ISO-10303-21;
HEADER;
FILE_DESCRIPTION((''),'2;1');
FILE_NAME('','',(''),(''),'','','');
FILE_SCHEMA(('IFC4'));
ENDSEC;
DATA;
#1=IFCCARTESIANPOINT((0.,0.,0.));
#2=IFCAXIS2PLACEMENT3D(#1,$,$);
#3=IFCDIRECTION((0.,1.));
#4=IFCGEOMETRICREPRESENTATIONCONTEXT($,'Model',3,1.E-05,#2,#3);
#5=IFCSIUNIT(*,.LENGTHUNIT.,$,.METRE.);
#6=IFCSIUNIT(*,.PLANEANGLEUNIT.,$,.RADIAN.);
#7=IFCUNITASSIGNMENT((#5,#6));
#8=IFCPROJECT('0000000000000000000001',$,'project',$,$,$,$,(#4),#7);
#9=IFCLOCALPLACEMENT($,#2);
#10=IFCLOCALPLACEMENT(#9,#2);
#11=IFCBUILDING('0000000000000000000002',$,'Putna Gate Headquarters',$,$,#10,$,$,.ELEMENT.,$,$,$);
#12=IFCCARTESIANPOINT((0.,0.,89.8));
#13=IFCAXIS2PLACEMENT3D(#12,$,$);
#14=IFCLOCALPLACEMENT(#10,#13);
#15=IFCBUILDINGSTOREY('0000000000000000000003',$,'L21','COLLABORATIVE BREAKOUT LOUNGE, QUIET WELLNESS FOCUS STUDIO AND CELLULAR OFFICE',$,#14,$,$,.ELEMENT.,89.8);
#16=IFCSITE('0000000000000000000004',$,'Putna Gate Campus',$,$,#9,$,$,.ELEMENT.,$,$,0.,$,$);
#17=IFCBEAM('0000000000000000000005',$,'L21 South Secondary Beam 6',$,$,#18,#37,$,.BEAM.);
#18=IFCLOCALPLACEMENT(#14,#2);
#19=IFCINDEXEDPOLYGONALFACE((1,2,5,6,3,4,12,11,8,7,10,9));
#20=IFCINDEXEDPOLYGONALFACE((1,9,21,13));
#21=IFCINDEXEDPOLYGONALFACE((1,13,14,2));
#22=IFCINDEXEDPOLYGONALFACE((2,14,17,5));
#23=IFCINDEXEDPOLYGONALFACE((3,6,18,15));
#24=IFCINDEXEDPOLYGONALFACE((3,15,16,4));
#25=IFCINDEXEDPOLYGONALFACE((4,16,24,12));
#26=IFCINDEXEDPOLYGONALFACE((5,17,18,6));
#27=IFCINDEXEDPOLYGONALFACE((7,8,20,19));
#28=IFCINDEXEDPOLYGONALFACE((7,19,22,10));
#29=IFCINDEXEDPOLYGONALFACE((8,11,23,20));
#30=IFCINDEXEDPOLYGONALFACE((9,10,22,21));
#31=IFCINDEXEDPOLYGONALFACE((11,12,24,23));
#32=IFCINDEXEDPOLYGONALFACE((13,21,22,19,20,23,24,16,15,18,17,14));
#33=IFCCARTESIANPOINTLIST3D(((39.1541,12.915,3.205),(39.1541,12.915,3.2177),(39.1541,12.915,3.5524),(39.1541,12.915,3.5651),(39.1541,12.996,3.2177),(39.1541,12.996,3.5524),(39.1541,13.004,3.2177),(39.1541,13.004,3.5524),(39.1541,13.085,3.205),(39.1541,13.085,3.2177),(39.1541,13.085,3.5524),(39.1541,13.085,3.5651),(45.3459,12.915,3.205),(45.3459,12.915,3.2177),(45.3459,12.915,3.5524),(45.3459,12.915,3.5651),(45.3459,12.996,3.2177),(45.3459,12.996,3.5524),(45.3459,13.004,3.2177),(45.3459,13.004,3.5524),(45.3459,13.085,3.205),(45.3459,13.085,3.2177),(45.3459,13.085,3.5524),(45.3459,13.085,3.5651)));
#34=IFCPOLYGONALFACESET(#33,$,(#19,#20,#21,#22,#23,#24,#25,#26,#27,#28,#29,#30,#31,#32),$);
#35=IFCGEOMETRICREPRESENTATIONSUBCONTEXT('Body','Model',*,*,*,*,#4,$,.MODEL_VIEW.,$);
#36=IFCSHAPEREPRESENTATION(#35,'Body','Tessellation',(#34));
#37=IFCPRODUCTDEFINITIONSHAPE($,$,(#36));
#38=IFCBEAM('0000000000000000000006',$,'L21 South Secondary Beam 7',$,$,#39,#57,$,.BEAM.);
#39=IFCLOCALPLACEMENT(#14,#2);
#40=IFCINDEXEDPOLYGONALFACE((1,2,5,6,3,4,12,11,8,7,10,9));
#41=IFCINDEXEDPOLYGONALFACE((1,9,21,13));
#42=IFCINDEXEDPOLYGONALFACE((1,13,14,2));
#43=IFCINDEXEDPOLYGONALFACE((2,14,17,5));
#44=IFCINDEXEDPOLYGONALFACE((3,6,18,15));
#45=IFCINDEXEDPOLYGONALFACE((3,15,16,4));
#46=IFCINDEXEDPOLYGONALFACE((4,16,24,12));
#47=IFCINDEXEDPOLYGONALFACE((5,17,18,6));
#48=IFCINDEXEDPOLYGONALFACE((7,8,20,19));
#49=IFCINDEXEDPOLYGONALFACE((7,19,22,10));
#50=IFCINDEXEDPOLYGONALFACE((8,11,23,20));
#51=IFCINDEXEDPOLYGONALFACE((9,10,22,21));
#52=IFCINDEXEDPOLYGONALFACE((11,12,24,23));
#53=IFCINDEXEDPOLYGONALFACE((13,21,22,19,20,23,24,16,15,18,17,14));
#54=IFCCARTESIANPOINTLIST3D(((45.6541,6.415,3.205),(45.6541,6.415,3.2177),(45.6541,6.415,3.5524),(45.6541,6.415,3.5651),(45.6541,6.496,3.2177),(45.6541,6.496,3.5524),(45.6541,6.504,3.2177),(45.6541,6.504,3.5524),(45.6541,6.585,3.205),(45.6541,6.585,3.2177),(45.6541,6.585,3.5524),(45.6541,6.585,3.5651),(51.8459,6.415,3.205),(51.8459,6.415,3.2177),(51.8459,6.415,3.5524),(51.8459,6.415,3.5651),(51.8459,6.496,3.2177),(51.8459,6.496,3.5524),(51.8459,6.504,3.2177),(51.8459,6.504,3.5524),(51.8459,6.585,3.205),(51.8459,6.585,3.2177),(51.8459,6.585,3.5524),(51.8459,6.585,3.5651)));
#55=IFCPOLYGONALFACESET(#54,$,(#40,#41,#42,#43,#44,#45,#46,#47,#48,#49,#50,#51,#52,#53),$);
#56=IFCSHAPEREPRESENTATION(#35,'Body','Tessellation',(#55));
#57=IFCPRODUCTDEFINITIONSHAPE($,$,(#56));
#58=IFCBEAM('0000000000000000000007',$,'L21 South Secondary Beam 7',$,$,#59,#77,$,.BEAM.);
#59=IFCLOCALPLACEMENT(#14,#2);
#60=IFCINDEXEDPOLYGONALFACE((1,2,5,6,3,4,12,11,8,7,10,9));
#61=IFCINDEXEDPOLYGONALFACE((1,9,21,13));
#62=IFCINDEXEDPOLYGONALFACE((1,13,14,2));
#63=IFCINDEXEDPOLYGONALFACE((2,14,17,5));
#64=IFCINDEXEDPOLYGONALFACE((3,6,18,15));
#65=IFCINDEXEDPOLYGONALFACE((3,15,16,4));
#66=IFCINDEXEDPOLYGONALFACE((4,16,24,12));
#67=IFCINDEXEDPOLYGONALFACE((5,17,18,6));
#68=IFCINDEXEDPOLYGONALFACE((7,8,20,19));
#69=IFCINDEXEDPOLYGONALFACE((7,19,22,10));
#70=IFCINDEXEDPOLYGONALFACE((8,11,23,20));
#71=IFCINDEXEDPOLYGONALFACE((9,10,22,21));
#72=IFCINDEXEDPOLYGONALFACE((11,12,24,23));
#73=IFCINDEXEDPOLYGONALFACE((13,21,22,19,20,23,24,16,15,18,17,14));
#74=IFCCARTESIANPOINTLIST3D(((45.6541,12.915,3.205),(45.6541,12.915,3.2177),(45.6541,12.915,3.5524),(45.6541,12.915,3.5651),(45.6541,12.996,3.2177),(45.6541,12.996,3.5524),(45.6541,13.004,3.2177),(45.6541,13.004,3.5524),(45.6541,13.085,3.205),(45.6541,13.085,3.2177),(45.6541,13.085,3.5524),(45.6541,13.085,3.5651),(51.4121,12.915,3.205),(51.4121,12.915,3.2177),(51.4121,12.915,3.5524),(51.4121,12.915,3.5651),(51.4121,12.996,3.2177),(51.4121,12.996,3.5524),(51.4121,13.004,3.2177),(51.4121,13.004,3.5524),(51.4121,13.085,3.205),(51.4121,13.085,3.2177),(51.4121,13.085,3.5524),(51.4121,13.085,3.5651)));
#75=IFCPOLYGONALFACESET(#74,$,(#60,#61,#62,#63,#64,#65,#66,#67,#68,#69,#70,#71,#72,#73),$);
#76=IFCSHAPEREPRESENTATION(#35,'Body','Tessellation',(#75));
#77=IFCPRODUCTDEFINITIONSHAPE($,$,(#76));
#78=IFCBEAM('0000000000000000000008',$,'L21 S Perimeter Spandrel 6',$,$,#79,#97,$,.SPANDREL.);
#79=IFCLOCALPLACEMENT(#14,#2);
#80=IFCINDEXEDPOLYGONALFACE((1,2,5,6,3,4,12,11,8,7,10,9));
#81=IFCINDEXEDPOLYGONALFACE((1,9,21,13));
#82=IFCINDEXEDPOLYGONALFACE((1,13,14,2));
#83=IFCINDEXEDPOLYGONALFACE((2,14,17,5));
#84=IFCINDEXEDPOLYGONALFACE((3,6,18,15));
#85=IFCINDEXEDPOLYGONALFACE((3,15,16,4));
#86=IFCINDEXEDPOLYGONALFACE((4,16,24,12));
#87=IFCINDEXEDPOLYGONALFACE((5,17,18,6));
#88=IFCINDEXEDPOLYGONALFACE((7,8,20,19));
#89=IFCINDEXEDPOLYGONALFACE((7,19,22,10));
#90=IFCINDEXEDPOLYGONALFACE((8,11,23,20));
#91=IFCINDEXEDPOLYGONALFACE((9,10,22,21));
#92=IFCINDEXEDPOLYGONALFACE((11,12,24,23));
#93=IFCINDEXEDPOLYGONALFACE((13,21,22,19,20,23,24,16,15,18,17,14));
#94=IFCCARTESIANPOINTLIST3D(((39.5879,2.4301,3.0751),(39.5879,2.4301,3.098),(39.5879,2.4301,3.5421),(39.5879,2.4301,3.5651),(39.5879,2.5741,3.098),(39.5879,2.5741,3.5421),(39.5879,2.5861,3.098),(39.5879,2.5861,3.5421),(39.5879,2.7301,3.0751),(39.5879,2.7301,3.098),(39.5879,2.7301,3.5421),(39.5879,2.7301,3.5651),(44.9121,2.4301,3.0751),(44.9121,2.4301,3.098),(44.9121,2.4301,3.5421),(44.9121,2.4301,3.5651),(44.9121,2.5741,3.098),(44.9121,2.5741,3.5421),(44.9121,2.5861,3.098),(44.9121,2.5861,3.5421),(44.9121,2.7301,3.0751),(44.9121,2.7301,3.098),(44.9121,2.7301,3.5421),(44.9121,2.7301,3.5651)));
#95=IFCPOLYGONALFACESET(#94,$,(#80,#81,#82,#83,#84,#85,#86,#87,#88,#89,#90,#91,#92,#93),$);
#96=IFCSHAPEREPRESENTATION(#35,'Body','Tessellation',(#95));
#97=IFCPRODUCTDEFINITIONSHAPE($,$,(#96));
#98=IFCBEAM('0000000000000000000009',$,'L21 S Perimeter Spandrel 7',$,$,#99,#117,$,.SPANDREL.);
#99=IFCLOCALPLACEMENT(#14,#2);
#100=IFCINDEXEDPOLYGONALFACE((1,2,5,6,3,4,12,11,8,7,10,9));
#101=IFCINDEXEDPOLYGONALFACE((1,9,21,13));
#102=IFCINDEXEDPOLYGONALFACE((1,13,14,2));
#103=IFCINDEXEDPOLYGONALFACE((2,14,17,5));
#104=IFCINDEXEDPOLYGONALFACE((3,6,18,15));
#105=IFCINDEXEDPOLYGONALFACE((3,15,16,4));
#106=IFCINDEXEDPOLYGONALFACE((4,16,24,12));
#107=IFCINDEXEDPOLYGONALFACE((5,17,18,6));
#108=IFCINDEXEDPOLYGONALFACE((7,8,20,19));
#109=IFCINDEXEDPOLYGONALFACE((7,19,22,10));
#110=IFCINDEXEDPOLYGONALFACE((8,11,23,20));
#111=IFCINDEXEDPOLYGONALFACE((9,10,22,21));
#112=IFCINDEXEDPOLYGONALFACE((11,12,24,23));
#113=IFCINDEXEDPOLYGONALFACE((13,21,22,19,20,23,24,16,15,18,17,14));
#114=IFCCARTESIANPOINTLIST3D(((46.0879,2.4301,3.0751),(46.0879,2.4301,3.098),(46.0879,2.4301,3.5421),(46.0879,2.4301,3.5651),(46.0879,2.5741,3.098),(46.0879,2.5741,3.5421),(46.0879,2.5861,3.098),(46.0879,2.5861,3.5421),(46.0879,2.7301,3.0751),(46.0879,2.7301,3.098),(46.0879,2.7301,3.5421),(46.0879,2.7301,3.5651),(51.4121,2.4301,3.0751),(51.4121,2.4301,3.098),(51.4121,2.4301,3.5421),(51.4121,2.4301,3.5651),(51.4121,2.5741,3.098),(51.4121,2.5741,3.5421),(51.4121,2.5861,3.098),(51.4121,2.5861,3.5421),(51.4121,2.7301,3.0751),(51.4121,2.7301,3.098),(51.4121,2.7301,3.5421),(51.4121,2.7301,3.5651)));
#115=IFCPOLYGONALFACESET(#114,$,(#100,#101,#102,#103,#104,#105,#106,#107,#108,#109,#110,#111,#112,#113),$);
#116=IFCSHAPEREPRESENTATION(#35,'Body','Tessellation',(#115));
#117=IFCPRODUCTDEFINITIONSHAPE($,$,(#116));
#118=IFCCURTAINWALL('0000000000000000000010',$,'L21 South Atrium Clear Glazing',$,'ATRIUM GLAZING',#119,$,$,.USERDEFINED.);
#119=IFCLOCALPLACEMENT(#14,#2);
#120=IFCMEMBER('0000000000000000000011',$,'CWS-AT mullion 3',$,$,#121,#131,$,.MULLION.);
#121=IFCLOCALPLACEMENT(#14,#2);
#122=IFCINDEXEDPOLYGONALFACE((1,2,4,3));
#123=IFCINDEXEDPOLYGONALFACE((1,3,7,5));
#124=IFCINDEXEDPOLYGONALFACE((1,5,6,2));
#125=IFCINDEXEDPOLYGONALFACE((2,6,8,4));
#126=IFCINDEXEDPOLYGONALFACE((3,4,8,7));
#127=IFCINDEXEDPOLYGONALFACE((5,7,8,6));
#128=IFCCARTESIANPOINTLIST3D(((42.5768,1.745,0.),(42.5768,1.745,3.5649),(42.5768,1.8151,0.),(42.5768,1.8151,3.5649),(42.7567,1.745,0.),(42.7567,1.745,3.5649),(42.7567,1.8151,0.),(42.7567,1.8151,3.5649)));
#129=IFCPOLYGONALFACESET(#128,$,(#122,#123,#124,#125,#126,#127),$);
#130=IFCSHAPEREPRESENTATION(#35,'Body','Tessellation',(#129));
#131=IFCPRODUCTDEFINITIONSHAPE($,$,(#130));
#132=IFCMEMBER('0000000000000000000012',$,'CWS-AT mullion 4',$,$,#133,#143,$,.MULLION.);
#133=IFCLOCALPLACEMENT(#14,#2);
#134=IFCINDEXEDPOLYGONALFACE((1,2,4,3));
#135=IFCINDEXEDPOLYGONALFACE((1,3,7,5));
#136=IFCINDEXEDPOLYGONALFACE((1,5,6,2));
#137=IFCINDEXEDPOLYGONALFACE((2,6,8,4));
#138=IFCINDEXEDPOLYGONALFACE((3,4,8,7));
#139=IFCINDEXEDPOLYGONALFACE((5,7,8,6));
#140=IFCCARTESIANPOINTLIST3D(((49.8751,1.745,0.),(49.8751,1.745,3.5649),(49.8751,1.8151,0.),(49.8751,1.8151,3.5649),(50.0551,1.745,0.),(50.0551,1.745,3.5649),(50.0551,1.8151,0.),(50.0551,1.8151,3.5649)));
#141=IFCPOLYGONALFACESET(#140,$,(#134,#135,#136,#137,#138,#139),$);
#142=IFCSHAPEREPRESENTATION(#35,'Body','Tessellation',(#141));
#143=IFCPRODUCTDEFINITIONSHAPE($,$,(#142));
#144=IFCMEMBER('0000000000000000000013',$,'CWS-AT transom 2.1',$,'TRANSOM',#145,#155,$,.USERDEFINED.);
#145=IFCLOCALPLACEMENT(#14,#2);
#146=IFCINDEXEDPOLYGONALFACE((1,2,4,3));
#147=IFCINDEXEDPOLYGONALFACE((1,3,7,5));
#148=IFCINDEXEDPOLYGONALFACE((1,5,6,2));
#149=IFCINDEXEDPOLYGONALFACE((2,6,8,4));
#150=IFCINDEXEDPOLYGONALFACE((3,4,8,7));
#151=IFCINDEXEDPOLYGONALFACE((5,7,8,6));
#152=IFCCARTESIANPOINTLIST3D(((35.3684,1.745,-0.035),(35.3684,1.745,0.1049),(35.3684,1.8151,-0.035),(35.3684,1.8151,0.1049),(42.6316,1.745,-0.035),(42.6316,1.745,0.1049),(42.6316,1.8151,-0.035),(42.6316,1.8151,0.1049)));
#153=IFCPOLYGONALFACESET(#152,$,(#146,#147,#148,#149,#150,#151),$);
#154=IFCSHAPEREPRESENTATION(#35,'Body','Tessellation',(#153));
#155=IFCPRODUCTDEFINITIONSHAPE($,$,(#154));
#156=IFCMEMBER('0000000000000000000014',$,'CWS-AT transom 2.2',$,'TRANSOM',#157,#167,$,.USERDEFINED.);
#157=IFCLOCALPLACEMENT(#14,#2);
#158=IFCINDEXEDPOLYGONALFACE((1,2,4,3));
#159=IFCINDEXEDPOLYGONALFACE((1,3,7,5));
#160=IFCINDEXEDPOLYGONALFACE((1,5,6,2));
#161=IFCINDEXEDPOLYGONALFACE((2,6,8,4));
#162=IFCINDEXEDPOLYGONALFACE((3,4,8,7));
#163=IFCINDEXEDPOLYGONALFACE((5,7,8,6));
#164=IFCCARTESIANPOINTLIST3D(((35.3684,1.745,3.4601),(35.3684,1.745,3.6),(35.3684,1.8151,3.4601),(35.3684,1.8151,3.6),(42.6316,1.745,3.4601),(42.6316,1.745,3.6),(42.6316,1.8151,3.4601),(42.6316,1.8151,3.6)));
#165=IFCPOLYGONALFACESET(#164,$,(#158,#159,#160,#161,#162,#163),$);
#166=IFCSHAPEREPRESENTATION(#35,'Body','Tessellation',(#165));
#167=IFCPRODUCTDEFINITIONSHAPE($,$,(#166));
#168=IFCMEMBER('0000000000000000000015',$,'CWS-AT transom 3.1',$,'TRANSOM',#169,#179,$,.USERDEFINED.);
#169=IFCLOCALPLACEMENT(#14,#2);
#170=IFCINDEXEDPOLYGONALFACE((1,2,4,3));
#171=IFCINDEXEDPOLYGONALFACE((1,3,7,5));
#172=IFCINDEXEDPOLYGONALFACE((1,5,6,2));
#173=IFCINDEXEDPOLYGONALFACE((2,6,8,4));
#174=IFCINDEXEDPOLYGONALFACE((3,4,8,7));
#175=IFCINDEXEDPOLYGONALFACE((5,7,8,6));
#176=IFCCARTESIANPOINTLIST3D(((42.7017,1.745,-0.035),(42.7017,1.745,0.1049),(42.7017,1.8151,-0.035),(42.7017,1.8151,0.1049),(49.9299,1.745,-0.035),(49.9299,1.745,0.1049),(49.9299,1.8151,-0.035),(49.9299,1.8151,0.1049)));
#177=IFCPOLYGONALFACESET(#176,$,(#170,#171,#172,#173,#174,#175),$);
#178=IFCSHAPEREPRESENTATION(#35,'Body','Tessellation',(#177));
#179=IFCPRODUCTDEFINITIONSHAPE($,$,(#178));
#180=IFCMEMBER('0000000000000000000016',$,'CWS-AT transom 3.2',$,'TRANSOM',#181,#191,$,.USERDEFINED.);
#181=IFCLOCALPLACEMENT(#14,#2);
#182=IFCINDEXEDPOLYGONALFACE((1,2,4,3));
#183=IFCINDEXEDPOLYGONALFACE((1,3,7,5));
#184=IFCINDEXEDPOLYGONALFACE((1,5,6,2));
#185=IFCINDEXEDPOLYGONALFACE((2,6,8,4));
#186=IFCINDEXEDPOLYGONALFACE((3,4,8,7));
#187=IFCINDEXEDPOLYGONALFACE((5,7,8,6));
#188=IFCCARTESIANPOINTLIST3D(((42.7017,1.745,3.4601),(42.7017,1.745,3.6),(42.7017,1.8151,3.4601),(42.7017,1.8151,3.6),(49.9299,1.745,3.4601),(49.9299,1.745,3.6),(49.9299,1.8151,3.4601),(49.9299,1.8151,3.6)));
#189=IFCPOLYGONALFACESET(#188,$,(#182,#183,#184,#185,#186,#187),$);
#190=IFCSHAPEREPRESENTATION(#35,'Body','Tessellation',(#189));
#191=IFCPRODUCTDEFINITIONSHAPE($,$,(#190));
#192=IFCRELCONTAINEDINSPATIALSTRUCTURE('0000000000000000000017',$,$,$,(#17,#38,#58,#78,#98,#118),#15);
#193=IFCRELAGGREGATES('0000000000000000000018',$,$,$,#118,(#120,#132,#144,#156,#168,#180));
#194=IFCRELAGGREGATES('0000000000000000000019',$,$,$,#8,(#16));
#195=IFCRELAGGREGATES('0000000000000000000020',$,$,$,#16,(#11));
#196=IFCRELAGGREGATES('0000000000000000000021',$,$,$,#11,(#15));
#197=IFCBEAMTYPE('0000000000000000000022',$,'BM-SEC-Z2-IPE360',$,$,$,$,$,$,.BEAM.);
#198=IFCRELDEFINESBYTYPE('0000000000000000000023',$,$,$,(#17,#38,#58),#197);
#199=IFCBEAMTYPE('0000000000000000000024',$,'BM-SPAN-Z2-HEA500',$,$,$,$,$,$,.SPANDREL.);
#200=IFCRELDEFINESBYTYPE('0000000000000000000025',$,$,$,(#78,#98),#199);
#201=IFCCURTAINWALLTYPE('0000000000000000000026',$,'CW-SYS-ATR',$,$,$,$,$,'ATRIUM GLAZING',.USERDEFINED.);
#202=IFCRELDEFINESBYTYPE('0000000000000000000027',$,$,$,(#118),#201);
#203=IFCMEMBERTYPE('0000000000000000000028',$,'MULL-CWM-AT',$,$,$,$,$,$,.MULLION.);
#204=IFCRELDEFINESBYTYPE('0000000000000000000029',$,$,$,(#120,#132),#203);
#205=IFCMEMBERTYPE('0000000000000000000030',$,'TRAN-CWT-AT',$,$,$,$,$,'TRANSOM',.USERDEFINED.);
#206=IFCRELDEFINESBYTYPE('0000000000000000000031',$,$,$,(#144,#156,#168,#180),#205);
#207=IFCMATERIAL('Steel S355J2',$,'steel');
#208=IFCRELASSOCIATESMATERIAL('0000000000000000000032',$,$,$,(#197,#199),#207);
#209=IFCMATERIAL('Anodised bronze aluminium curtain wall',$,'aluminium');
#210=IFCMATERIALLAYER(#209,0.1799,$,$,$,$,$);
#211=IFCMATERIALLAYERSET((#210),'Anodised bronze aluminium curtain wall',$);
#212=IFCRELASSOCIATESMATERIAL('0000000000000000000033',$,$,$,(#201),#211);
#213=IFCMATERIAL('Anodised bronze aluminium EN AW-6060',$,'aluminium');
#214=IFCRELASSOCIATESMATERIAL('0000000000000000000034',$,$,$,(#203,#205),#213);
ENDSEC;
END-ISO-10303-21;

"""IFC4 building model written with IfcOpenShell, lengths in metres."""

from ifc_helpers import new_model, si_unit, direction, frame, origin, origin_2d, place, context, subcontext, project, spatial, rectangle, i_section, extrude, material, layer, layer_set, material_profile, profile_set, type_object, element, aggregate, save


model = new_model("IFC4")

# Units and contexts
model_context = context("Model", 3, precision=1e-05, world=origin(), true_north=direction((0.0, 1.0)))
body_context = subcontext(model_context, "Body", "Model", "MODEL_VIEW")
ifc_project = project(units=[si_unit("LENGTHUNIT", "METRE"), si_unit("PLANEANGLEUNIT", "RADIAN")], contexts=[model_context])

# Site, building, storey
site_placement = place(None, origin())
site = spatial("IfcSite", under=ifc_project, at=site_placement, Name="Putna Gate Campus", CompositionType="ELEMENT", RefElevation=0.0)
building_placement = place(site_placement, origin())
building = spatial("IfcBuilding", under=site, at=building_placement, Name="Putna Gate Headquarters", CompositionType="ELEMENT")
storey_placement = place(building_placement, frame((0.0, 0.0, 89.8)))
storey = spatial("IfcBuildingStorey", under=building, at=storey_placement, Name="L21", Description="COLLABORATIVE BREAKOUT LOUNGE, QUIET WELLNESS FOCUS STUDIO AND CELLULAR OFFICE", CompositionType="ELEMENT", Elevation=89.8)

# Beams
ifc_material_1 = material(Name="Steel S355J2", Category="steel")
ifc_material_profile_1 = material_profile(ifc_material_1, i_section(OverallWidth=0.1699, OverallDepth=0.3601, WebThickness=0.0081, FlangeThickness=0.0127, at=origin_2d()), Name="Steel S355J2")
ifc_profile_set_1 = profile_set([ifc_material_profile_1], Name="Steel S355J2")
beam_type_1 = type_object("IfcBeamType", Name="BM-SEC-Z2-IPE360", PredefinedType="BEAM", material=ifc_profile_set_1)
for number, where, z_axis, x_axis, name in (
    (1, (39.1541, 13.0, 3.385), (1.0, 0.0, 0.0), (0.0, 1.0, 0.0), "L21 South Secondary Beam 6"),
    (2, (45.6541, 6.5, 3.385), (1.0, 0.0, 0.0), (0.0, 1.0, 0.0), "L21 South Secondary Beam 7"),
):
    element("IfcBeam", number, at=place(storey_placement, frame(where, z_axis=z_axis, x_axis=x_axis)), inside=storey, type_object=beam_type_1, Name=name, PredefinedType="BEAM", context=body_context, shape_type="SweptSolid", body=[
        extrude(i_section(OverallWidth=0.1699, OverallDepth=0.3601, WebThickness=0.0081, FlangeThickness=0.0127, at=origin_2d()), origin(), (0.0, 0.0, 1.0), 6.1919),
    ])
beam_1_placement = place(storey_placement, frame((45.6541, 13.0, 3.385), z_axis=(1.0, 0.0, 0.0), x_axis=(0.0, 1.0, 0.0)))
element("IfcBeam", 3, at=beam_1_placement, inside=storey, type_object=beam_type_1, Name="L21 South Secondary Beam 7", PredefinedType="BEAM", context=body_context, shape_type="SweptSolid", body=[
    extrude(i_section(OverallWidth=0.1699, OverallDepth=0.3601, WebThickness=0.0081, FlangeThickness=0.0127, at=origin_2d()), origin(), (0.0, 0.0, 1.0), 5.7581),
])
ifc_material_profile_2 = material_profile(ifc_material_1, i_section(OverallWidth=0.3, OverallDepth=0.49, WebThickness=0.012, FlangeThickness=0.0229, at=origin_2d()), Name="Steel S355J2")
ifc_profile_set_2 = profile_set([ifc_material_profile_2], Name="Steel S355J2")
beam_type_2 = type_object("IfcBeamType", Name="BM-SPAN-Z2-HEA500", PredefinedType="SPANDREL", material=ifc_profile_set_2)
for number, where, z_axis, x_axis, name in (
    (4, (39.5879, 2.5801, 3.3201), (1.0, 0.0, 0.0), (0.0, 1.0, 0.0), "L21 S Perimeter Spandrel 6"),
    (5, (46.0879, 2.5801, 3.3201), (1.0, 0.0, 0.0), (0.0, 1.0, 0.0), "L21 S Perimeter Spandrel 7"),
):
    element("IfcBeam", number, at=place(storey_placement, frame(where, z_axis=z_axis, x_axis=x_axis)), inside=storey, type_object=beam_type_2, Name=name, PredefinedType="SPANDREL", context=body_context, shape_type="SweptSolid", body=[
        extrude(i_section(OverallWidth=0.3, OverallDepth=0.49, WebThickness=0.012, FlangeThickness=0.0229, at=origin_2d()), origin(), (0.0, 0.0, 1.0), 5.3242),
    ])

# Curtain wall, members
ifc_material_2 = material(Name="Anodised bronze aluminium curtain wall", Category="aluminium")
ifc_layer_1 = layer(ifc_material_2, 0.1799)
ifc_layer_set_1 = layer_set([ifc_layer_1], Name="Anodised bronze aluminium curtain wall")
curtain_wall_type = type_object("IfcCurtainWallType", Name="CW-SYS-ATR", ElementType="ATRIUM GLAZING", PredefinedType="USERDEFINED", material=ifc_layer_set_1)
curtain_wall_placement = place(storey_placement, origin())
curtain_wall = element("IfcCurtainWall", 6, at=curtain_wall_placement, inside=storey, type_object=curtain_wall_type, Name="L21 South Atrium Clear Glazing", ObjectType="ATRIUM GLAZING", PredefinedType="USERDEFINED")
ifc_material_3 = material(Name="Anodised bronze aluminium EN AW-6060", Category="aluminium")
ifc_material_profile_3 = material_profile(ifc_material_3, rectangle(XDim=0.0701, YDim=0.1799, at=origin_2d()), Name="Anodised bronze aluminium EN AW-6060")
ifc_profile_set_3 = profile_set([ifc_material_profile_3], Name="Anodised bronze aluminium EN AW-6060")
member_type_1 = type_object("IfcMemberType", Name="MULL-CWM-AT", PredefinedType="MULLION", material=ifc_profile_set_3)
member_1_placement = place(storey_placement, frame((42.6667, 1.78, 0.0), z_axis=(0.0, 0.0, 1.0), x_axis=(0.0, 1.0, 0.0)))
member_1 = element("IfcMember", 7, at=member_1_placement, type_object=member_type_1, Name="CWS-AT mullion 3", PredefinedType="MULLION", context=body_context, shape_type="SweptSolid", body=[
    extrude(rectangle(XDim=0.0701, YDim=0.1799, at=origin_2d()), origin(), (0.0, 0.0, 1.0), 3.5649),
])
member_2_placement = place(storey_placement, frame((49.9651, 1.78, 0.0), z_axis=(0.0, 0.0, 1.0), x_axis=(0.0, 1.0, 0.0)))
member_2 = element("IfcMember", 8, at=member_2_placement, type_object=member_type_1, Name="CWS-AT mullion 4", PredefinedType="MULLION", context=body_context, shape_type="SweptSolid", body=[
    extrude(rectangle(XDim=0.0701, YDim=0.1799, at=origin_2d()), origin(), (0.0, 0.0, 1.0), 3.5649),
])
ifc_material_profile_4 = material_profile(ifc_material_3, rectangle(XDim=0.0701, YDim=0.1399, at=origin_2d()), Name="Anodised bronze aluminium EN AW-6060")
ifc_profile_set_4 = profile_set([ifc_material_profile_4], Name="Anodised bronze aluminium EN AW-6060")
member_type_2 = type_object("IfcMemberType", Name="TRAN-CWT-AT", ElementType="TRANSOM", PredefinedType="USERDEFINED", material=ifc_profile_set_4)
member_3_placement = place(storey_placement, frame((35.3684, 1.78, 0.0349), z_axis=(1.0, 0.0, 0.0), x_axis=(0.0, 1.0, 0.0)))
member_3 = element("IfcMember", 9, at=member_3_placement, type_object=member_type_2, Name="CWS-AT transom 2.1", ObjectType="TRANSOM", PredefinedType="USERDEFINED", context=body_context, shape_type="SweptSolid", body=[
    extrude(rectangle(XDim=0.0701, YDim=0.1399, at=origin_2d()), origin(), (0.0, 0.0, 1.0), 7.2632),
])
member_4_placement = place(storey_placement, frame((35.3684, 1.78, 3.53), z_axis=(1.0, 0.0, 0.0), x_axis=(0.0, 1.0, 0.0)))
member_4 = element("IfcMember", 10, at=member_4_placement, type_object=member_type_2, Name="CWS-AT transom 2.2", ObjectType="TRANSOM", PredefinedType="USERDEFINED", context=body_context, shape_type="SweptSolid", body=[
    extrude(rectangle(XDim=0.0701, YDim=0.1399, at=origin_2d()), origin(), (0.0, 0.0, 1.0), 7.2632),
])
member_5_placement = place(storey_placement, frame((42.7017, 1.78, 0.0349), z_axis=(1.0, 0.0, 0.0), x_axis=(0.0, 1.0, 0.0)))
member_5 = element("IfcMember", 11, at=member_5_placement, type_object=member_type_2, Name="CWS-AT transom 3.1", ObjectType="TRANSOM", PredefinedType="USERDEFINED", context=body_context, shape_type="SweptSolid", body=[
    extrude(rectangle(XDim=0.0701, YDim=0.1399, at=origin_2d()), origin(), (0.0, 0.0, 1.0), 7.2283),
])
member_6_placement = place(storey_placement, frame((42.7017, 1.78, 3.53), z_axis=(1.0, 0.0, 0.0), x_axis=(0.0, 1.0, 0.0)))
member_6 = element("IfcMember", 12, at=member_6_placement, type_object=member_type_2, Name="CWS-AT transom 3.2", ObjectType="TRANSOM", PredefinedType="USERDEFINED", context=body_context, shape_type="SweptSolid", body=[
    extrude(rectangle(XDim=0.0701, YDim=0.1399, at=origin_2d()), origin(), (0.0, 0.0, 1.0), 7.2283),
])
aggregate(curtain_wall, [member_1, member_2, member_3, member_4, member_5, member_6])

save(model, "model.ifc")
